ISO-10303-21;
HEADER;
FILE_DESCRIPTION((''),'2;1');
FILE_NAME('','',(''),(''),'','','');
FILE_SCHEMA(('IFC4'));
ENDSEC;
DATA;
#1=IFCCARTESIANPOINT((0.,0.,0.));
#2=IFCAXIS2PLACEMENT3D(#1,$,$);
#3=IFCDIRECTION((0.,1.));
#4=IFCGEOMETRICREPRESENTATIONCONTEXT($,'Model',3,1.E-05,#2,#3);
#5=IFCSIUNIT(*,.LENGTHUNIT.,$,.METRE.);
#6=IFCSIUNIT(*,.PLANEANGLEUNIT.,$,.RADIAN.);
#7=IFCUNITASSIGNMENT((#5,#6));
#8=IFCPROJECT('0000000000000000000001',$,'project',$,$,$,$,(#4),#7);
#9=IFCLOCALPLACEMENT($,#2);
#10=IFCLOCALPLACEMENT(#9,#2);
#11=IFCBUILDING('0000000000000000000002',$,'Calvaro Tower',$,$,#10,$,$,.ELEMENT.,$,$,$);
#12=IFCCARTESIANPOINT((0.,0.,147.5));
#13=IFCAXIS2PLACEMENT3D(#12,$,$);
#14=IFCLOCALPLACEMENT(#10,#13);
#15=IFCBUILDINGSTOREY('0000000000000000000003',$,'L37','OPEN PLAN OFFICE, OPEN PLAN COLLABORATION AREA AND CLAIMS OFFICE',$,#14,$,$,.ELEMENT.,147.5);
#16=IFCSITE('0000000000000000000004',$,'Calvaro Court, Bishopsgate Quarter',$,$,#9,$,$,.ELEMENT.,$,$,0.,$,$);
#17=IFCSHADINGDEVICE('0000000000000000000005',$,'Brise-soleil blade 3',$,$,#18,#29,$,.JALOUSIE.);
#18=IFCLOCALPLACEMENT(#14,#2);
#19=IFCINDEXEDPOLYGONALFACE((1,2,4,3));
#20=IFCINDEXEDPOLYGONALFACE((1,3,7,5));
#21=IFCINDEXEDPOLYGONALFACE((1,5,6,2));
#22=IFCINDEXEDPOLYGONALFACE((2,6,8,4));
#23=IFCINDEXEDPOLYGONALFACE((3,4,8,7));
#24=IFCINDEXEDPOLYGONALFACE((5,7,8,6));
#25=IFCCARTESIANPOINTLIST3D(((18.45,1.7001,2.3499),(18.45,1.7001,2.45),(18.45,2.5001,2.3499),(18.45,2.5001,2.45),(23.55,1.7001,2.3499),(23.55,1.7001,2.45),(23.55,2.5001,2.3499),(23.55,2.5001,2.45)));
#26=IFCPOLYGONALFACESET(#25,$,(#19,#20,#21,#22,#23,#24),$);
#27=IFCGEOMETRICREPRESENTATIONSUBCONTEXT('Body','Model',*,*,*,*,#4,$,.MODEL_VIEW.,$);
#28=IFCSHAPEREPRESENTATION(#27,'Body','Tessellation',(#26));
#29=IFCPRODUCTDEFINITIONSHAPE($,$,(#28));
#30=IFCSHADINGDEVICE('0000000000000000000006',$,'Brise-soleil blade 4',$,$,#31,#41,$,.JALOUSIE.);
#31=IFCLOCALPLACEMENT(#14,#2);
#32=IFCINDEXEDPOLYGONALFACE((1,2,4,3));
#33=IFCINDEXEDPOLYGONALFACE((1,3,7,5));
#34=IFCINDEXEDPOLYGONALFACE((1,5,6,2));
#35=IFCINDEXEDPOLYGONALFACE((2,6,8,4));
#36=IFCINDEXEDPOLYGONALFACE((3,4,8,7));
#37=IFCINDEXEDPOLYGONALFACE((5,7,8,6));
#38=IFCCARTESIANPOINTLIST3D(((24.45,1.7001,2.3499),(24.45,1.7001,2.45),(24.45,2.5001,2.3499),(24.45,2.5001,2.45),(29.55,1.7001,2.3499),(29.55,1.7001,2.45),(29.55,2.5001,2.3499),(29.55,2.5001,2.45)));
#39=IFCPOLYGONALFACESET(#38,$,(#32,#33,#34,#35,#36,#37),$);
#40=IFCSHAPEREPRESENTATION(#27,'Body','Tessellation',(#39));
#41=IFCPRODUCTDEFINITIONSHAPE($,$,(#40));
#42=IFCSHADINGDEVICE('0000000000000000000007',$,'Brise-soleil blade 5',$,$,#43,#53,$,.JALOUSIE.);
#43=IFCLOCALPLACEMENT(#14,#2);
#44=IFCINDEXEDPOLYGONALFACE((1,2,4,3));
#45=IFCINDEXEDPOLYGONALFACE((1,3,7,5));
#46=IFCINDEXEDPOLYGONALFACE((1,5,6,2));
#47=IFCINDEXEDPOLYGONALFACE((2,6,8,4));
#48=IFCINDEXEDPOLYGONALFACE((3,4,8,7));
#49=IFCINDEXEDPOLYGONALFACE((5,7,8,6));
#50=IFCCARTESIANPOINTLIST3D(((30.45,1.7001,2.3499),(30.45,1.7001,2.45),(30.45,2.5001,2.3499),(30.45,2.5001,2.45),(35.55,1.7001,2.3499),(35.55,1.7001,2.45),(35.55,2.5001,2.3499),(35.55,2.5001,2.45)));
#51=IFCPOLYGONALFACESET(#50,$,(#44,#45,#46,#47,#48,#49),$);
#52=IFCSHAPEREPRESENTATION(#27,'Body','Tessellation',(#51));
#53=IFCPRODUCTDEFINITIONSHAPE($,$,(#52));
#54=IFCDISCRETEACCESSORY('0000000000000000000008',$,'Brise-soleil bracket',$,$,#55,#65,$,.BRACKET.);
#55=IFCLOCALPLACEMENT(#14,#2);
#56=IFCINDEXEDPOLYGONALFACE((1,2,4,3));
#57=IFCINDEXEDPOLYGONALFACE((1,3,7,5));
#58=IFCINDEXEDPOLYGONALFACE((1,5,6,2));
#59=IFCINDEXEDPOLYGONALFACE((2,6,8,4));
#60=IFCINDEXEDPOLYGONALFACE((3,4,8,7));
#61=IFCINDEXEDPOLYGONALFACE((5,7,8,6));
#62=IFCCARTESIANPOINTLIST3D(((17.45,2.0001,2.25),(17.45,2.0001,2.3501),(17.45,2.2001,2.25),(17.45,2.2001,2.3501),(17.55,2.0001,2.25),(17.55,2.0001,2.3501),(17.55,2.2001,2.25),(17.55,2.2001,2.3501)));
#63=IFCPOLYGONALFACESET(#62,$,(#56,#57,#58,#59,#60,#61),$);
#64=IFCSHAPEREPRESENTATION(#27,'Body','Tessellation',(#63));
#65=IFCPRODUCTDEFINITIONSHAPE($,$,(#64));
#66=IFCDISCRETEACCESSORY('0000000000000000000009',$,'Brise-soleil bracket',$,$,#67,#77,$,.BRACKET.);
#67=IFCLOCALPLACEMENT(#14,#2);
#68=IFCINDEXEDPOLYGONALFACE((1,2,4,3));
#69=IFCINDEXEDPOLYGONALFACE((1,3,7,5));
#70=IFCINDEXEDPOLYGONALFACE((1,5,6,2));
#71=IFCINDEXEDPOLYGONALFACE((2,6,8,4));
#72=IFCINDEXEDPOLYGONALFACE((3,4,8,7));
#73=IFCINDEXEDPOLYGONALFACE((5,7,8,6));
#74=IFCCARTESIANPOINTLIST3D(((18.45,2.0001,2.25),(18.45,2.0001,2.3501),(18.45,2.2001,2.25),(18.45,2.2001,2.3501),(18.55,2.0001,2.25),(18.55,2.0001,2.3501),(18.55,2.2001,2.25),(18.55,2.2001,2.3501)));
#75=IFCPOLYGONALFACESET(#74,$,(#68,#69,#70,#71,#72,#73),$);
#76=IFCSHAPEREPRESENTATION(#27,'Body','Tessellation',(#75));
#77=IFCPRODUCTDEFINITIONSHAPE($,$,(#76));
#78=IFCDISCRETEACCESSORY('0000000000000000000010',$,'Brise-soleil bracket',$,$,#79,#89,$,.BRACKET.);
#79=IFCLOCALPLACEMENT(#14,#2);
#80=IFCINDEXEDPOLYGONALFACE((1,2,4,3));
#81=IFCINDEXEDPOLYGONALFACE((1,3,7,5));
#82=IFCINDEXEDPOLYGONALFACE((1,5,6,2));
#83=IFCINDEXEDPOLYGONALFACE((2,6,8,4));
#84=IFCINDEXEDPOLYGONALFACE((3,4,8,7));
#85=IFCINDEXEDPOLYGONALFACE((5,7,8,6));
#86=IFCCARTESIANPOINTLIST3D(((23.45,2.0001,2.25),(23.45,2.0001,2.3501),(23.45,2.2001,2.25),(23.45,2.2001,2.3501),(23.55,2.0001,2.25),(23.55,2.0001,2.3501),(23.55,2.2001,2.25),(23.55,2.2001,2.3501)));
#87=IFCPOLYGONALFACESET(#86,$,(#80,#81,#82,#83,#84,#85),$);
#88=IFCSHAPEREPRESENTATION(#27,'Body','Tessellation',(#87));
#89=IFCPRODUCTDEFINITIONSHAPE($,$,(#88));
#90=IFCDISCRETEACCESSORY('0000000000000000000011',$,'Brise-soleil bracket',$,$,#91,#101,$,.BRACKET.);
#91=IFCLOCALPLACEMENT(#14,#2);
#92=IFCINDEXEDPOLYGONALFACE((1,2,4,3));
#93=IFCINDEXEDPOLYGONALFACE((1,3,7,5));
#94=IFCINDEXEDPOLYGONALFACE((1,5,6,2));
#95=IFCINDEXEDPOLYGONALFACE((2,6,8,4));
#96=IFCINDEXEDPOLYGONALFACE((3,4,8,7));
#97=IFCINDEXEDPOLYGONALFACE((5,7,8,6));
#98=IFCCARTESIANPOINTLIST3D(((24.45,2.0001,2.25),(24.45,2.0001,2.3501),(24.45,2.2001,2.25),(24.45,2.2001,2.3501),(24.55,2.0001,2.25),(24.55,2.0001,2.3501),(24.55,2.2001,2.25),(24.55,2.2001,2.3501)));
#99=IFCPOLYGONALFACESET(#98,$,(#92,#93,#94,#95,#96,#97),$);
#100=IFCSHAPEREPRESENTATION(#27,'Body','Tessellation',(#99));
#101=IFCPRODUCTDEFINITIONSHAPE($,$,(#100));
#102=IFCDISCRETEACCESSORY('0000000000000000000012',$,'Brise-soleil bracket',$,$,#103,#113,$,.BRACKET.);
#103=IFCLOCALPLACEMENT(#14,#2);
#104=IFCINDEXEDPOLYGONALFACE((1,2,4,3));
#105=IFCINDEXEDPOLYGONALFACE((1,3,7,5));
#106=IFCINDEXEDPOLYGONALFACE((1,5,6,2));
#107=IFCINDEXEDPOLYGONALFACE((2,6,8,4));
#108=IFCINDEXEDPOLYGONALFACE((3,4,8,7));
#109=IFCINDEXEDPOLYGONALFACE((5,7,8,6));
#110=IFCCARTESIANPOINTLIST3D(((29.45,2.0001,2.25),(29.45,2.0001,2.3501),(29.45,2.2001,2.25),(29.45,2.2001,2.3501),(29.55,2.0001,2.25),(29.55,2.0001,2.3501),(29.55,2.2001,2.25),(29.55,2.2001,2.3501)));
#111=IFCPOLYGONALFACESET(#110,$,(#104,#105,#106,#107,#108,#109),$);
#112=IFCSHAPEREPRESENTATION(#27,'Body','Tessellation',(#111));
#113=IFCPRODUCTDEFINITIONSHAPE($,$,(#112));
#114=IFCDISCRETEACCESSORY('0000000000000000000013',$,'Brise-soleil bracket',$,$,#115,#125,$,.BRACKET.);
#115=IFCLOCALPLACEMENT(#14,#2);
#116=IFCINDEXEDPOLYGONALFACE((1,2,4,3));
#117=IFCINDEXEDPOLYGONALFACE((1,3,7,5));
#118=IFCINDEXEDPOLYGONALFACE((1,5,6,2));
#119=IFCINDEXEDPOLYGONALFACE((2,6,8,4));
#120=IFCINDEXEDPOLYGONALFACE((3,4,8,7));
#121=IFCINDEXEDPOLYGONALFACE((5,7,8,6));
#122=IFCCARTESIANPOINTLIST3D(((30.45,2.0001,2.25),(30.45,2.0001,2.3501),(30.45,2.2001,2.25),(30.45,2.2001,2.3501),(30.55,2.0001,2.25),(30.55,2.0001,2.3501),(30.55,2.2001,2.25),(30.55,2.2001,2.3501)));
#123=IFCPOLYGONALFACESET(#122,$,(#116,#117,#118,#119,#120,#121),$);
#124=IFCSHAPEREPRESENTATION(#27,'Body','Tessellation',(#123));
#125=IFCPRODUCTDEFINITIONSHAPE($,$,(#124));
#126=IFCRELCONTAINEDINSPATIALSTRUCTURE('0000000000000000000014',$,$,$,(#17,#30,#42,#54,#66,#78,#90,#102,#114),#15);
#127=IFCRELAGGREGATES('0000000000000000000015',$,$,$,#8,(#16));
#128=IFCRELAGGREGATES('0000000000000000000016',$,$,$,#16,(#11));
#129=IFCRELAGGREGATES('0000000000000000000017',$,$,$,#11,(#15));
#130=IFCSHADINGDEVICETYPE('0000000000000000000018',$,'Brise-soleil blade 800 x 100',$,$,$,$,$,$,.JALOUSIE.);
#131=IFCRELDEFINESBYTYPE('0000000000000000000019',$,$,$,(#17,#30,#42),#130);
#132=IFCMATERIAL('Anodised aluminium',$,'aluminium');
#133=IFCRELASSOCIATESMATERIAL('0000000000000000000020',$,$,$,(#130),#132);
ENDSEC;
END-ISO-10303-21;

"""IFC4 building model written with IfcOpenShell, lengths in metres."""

from ifc_helpers import new_model, si_unit, direction, frame, origin, origin_2d, place, context, subcontext, project, spatial, rectangle, extrude, material, material_profile, profile_set, type_object, element, save


model = new_model("IFC4")

# Units and contexts
model_context = context("Model", 3, precision=1e-05, world=origin(), true_north=direction((0.0, 1.0)))
body_context = subcontext(model_context, "Body", "Model", "MODEL_VIEW")
ifc_project = project(units=[si_unit("LENGTHUNIT", "METRE"), si_unit("PLANEANGLEUNIT", "RADIAN")], contexts=[model_context])

# Site, building, storey
site_placement = place(None, origin())
site = spatial("IfcSite", under=ifc_project, at=site_placement, Name="Calvaro Court, Bishopsgate Quarter", CompositionType="ELEMENT", RefElevation=0.0)
building_placement = place(site_placement, origin())
building = spatial("IfcBuilding", under=site, at=building_placement, Name="Calvaro Tower", CompositionType="ELEMENT")
storey_placement = place(building_placement, frame((0.0, 0.0, 147.5)))
storey = spatial("IfcBuildingStorey", under=building, at=storey_placement, Name="L37", Description="OPEN PLAN OFFICE, OPEN PLAN COLLABORATION AREA AND CLAIMS OFFICE", CompositionType="ELEMENT", Elevation=147.5)

# Shading devices
ifc_material_1 = material(Name="Anodised aluminium", Category="aluminium")
ifc_material_profile_1 = material_profile(ifc_material_1, rectangle(XDim=0.8, YDim=0.1001, at=origin_2d()), Name="Brise-soleil blade 800 x 100")
ifc_profile_set_1 = profile_set([ifc_material_profile_1], Name="Anodised aluminium")
shading_device_type = type_object("IfcShadingDeviceType", Name="Brise-soleil blade 800 x 100", PredefinedType="JALOUSIE", material=ifc_profile_set_1)
for number, where, z_axis, x_axis, name in (
    (1, (18.45, 2.1001, 2.3999), (1.0, 0.0, 0.0), (0.0, 1.0, 0.0), "Brise-soleil blade 3"),
    (2, (24.45, 2.1001, 2.3999), (1.0, 0.0, 0.0), (0.0, 1.0, 0.0), "Brise-soleil blade 4"),
    (3, (30.45, 2.1001, 2.3999), (1.0, 0.0, 0.0), (0.0, 1.0, 0.0), "Brise-soleil blade 5"),
):
    element("IfcShadingDevice", number, at=place(storey_placement, frame(where, z_axis=z_axis, x_axis=x_axis)), inside=storey, type_object=shading_device_type, Name=name, PredefinedType="JALOUSIE", context=body_context, shape_type="SweptSolid", body=[
        extrude(rectangle(XDim=0.8, YDim=0.1001, at=origin_2d()), origin(), (0.0, 0.0, 1.0), 5.1001),
    ])

# Discrete accessories
for number, where, z_axis, x_axis, name in (
    (4, (17.5, 2.1001, 2.25), (0.0, 0.0, 1.0), (1.0, 0.0, 0.0), "Brise-soleil bracket"),
    (5, (18.5, 2.1001, 2.25), (0.0, 0.0, 1.0), (1.0, 0.0, 0.0), "Brise-soleil bracket"),
    (6, (23.5, 2.1001, 2.25), (0.0, 0.0, 1.0), (1.0, 0.0, 0.0), "Brise-soleil bracket"),
    (7, (24.5, 2.1001, 2.25), (0.0, 0.0, 1.0), (1.0, 0.0, 0.0), "Brise-soleil bracket"),
    (8, (29.5, 2.1001, 2.25), (0.0, 0.0, 1.0), (1.0, 0.0, 0.0), "Brise-soleil bracket"),
    (9, (30.5, 2.1001, 2.25), (0.0, 0.0, 1.0), (1.0, 0.0, 0.0), "Brise-soleil bracket"),
):
    element("IfcDiscreteAccessory", number, at=place(storey_placement, frame(where, z_axis=z_axis, x_axis=x_axis)), inside=storey, Name=name, PredefinedType="BRACKET", context=body_context, shape_type="SweptSolid", body=[
        extrude(rectangle(XDim=0.1001, YDim=0.2, at=origin_2d()), origin(), (0.0, 0.0, 1.0), 0.1001),
    ])

save(model, "model.ifc")
